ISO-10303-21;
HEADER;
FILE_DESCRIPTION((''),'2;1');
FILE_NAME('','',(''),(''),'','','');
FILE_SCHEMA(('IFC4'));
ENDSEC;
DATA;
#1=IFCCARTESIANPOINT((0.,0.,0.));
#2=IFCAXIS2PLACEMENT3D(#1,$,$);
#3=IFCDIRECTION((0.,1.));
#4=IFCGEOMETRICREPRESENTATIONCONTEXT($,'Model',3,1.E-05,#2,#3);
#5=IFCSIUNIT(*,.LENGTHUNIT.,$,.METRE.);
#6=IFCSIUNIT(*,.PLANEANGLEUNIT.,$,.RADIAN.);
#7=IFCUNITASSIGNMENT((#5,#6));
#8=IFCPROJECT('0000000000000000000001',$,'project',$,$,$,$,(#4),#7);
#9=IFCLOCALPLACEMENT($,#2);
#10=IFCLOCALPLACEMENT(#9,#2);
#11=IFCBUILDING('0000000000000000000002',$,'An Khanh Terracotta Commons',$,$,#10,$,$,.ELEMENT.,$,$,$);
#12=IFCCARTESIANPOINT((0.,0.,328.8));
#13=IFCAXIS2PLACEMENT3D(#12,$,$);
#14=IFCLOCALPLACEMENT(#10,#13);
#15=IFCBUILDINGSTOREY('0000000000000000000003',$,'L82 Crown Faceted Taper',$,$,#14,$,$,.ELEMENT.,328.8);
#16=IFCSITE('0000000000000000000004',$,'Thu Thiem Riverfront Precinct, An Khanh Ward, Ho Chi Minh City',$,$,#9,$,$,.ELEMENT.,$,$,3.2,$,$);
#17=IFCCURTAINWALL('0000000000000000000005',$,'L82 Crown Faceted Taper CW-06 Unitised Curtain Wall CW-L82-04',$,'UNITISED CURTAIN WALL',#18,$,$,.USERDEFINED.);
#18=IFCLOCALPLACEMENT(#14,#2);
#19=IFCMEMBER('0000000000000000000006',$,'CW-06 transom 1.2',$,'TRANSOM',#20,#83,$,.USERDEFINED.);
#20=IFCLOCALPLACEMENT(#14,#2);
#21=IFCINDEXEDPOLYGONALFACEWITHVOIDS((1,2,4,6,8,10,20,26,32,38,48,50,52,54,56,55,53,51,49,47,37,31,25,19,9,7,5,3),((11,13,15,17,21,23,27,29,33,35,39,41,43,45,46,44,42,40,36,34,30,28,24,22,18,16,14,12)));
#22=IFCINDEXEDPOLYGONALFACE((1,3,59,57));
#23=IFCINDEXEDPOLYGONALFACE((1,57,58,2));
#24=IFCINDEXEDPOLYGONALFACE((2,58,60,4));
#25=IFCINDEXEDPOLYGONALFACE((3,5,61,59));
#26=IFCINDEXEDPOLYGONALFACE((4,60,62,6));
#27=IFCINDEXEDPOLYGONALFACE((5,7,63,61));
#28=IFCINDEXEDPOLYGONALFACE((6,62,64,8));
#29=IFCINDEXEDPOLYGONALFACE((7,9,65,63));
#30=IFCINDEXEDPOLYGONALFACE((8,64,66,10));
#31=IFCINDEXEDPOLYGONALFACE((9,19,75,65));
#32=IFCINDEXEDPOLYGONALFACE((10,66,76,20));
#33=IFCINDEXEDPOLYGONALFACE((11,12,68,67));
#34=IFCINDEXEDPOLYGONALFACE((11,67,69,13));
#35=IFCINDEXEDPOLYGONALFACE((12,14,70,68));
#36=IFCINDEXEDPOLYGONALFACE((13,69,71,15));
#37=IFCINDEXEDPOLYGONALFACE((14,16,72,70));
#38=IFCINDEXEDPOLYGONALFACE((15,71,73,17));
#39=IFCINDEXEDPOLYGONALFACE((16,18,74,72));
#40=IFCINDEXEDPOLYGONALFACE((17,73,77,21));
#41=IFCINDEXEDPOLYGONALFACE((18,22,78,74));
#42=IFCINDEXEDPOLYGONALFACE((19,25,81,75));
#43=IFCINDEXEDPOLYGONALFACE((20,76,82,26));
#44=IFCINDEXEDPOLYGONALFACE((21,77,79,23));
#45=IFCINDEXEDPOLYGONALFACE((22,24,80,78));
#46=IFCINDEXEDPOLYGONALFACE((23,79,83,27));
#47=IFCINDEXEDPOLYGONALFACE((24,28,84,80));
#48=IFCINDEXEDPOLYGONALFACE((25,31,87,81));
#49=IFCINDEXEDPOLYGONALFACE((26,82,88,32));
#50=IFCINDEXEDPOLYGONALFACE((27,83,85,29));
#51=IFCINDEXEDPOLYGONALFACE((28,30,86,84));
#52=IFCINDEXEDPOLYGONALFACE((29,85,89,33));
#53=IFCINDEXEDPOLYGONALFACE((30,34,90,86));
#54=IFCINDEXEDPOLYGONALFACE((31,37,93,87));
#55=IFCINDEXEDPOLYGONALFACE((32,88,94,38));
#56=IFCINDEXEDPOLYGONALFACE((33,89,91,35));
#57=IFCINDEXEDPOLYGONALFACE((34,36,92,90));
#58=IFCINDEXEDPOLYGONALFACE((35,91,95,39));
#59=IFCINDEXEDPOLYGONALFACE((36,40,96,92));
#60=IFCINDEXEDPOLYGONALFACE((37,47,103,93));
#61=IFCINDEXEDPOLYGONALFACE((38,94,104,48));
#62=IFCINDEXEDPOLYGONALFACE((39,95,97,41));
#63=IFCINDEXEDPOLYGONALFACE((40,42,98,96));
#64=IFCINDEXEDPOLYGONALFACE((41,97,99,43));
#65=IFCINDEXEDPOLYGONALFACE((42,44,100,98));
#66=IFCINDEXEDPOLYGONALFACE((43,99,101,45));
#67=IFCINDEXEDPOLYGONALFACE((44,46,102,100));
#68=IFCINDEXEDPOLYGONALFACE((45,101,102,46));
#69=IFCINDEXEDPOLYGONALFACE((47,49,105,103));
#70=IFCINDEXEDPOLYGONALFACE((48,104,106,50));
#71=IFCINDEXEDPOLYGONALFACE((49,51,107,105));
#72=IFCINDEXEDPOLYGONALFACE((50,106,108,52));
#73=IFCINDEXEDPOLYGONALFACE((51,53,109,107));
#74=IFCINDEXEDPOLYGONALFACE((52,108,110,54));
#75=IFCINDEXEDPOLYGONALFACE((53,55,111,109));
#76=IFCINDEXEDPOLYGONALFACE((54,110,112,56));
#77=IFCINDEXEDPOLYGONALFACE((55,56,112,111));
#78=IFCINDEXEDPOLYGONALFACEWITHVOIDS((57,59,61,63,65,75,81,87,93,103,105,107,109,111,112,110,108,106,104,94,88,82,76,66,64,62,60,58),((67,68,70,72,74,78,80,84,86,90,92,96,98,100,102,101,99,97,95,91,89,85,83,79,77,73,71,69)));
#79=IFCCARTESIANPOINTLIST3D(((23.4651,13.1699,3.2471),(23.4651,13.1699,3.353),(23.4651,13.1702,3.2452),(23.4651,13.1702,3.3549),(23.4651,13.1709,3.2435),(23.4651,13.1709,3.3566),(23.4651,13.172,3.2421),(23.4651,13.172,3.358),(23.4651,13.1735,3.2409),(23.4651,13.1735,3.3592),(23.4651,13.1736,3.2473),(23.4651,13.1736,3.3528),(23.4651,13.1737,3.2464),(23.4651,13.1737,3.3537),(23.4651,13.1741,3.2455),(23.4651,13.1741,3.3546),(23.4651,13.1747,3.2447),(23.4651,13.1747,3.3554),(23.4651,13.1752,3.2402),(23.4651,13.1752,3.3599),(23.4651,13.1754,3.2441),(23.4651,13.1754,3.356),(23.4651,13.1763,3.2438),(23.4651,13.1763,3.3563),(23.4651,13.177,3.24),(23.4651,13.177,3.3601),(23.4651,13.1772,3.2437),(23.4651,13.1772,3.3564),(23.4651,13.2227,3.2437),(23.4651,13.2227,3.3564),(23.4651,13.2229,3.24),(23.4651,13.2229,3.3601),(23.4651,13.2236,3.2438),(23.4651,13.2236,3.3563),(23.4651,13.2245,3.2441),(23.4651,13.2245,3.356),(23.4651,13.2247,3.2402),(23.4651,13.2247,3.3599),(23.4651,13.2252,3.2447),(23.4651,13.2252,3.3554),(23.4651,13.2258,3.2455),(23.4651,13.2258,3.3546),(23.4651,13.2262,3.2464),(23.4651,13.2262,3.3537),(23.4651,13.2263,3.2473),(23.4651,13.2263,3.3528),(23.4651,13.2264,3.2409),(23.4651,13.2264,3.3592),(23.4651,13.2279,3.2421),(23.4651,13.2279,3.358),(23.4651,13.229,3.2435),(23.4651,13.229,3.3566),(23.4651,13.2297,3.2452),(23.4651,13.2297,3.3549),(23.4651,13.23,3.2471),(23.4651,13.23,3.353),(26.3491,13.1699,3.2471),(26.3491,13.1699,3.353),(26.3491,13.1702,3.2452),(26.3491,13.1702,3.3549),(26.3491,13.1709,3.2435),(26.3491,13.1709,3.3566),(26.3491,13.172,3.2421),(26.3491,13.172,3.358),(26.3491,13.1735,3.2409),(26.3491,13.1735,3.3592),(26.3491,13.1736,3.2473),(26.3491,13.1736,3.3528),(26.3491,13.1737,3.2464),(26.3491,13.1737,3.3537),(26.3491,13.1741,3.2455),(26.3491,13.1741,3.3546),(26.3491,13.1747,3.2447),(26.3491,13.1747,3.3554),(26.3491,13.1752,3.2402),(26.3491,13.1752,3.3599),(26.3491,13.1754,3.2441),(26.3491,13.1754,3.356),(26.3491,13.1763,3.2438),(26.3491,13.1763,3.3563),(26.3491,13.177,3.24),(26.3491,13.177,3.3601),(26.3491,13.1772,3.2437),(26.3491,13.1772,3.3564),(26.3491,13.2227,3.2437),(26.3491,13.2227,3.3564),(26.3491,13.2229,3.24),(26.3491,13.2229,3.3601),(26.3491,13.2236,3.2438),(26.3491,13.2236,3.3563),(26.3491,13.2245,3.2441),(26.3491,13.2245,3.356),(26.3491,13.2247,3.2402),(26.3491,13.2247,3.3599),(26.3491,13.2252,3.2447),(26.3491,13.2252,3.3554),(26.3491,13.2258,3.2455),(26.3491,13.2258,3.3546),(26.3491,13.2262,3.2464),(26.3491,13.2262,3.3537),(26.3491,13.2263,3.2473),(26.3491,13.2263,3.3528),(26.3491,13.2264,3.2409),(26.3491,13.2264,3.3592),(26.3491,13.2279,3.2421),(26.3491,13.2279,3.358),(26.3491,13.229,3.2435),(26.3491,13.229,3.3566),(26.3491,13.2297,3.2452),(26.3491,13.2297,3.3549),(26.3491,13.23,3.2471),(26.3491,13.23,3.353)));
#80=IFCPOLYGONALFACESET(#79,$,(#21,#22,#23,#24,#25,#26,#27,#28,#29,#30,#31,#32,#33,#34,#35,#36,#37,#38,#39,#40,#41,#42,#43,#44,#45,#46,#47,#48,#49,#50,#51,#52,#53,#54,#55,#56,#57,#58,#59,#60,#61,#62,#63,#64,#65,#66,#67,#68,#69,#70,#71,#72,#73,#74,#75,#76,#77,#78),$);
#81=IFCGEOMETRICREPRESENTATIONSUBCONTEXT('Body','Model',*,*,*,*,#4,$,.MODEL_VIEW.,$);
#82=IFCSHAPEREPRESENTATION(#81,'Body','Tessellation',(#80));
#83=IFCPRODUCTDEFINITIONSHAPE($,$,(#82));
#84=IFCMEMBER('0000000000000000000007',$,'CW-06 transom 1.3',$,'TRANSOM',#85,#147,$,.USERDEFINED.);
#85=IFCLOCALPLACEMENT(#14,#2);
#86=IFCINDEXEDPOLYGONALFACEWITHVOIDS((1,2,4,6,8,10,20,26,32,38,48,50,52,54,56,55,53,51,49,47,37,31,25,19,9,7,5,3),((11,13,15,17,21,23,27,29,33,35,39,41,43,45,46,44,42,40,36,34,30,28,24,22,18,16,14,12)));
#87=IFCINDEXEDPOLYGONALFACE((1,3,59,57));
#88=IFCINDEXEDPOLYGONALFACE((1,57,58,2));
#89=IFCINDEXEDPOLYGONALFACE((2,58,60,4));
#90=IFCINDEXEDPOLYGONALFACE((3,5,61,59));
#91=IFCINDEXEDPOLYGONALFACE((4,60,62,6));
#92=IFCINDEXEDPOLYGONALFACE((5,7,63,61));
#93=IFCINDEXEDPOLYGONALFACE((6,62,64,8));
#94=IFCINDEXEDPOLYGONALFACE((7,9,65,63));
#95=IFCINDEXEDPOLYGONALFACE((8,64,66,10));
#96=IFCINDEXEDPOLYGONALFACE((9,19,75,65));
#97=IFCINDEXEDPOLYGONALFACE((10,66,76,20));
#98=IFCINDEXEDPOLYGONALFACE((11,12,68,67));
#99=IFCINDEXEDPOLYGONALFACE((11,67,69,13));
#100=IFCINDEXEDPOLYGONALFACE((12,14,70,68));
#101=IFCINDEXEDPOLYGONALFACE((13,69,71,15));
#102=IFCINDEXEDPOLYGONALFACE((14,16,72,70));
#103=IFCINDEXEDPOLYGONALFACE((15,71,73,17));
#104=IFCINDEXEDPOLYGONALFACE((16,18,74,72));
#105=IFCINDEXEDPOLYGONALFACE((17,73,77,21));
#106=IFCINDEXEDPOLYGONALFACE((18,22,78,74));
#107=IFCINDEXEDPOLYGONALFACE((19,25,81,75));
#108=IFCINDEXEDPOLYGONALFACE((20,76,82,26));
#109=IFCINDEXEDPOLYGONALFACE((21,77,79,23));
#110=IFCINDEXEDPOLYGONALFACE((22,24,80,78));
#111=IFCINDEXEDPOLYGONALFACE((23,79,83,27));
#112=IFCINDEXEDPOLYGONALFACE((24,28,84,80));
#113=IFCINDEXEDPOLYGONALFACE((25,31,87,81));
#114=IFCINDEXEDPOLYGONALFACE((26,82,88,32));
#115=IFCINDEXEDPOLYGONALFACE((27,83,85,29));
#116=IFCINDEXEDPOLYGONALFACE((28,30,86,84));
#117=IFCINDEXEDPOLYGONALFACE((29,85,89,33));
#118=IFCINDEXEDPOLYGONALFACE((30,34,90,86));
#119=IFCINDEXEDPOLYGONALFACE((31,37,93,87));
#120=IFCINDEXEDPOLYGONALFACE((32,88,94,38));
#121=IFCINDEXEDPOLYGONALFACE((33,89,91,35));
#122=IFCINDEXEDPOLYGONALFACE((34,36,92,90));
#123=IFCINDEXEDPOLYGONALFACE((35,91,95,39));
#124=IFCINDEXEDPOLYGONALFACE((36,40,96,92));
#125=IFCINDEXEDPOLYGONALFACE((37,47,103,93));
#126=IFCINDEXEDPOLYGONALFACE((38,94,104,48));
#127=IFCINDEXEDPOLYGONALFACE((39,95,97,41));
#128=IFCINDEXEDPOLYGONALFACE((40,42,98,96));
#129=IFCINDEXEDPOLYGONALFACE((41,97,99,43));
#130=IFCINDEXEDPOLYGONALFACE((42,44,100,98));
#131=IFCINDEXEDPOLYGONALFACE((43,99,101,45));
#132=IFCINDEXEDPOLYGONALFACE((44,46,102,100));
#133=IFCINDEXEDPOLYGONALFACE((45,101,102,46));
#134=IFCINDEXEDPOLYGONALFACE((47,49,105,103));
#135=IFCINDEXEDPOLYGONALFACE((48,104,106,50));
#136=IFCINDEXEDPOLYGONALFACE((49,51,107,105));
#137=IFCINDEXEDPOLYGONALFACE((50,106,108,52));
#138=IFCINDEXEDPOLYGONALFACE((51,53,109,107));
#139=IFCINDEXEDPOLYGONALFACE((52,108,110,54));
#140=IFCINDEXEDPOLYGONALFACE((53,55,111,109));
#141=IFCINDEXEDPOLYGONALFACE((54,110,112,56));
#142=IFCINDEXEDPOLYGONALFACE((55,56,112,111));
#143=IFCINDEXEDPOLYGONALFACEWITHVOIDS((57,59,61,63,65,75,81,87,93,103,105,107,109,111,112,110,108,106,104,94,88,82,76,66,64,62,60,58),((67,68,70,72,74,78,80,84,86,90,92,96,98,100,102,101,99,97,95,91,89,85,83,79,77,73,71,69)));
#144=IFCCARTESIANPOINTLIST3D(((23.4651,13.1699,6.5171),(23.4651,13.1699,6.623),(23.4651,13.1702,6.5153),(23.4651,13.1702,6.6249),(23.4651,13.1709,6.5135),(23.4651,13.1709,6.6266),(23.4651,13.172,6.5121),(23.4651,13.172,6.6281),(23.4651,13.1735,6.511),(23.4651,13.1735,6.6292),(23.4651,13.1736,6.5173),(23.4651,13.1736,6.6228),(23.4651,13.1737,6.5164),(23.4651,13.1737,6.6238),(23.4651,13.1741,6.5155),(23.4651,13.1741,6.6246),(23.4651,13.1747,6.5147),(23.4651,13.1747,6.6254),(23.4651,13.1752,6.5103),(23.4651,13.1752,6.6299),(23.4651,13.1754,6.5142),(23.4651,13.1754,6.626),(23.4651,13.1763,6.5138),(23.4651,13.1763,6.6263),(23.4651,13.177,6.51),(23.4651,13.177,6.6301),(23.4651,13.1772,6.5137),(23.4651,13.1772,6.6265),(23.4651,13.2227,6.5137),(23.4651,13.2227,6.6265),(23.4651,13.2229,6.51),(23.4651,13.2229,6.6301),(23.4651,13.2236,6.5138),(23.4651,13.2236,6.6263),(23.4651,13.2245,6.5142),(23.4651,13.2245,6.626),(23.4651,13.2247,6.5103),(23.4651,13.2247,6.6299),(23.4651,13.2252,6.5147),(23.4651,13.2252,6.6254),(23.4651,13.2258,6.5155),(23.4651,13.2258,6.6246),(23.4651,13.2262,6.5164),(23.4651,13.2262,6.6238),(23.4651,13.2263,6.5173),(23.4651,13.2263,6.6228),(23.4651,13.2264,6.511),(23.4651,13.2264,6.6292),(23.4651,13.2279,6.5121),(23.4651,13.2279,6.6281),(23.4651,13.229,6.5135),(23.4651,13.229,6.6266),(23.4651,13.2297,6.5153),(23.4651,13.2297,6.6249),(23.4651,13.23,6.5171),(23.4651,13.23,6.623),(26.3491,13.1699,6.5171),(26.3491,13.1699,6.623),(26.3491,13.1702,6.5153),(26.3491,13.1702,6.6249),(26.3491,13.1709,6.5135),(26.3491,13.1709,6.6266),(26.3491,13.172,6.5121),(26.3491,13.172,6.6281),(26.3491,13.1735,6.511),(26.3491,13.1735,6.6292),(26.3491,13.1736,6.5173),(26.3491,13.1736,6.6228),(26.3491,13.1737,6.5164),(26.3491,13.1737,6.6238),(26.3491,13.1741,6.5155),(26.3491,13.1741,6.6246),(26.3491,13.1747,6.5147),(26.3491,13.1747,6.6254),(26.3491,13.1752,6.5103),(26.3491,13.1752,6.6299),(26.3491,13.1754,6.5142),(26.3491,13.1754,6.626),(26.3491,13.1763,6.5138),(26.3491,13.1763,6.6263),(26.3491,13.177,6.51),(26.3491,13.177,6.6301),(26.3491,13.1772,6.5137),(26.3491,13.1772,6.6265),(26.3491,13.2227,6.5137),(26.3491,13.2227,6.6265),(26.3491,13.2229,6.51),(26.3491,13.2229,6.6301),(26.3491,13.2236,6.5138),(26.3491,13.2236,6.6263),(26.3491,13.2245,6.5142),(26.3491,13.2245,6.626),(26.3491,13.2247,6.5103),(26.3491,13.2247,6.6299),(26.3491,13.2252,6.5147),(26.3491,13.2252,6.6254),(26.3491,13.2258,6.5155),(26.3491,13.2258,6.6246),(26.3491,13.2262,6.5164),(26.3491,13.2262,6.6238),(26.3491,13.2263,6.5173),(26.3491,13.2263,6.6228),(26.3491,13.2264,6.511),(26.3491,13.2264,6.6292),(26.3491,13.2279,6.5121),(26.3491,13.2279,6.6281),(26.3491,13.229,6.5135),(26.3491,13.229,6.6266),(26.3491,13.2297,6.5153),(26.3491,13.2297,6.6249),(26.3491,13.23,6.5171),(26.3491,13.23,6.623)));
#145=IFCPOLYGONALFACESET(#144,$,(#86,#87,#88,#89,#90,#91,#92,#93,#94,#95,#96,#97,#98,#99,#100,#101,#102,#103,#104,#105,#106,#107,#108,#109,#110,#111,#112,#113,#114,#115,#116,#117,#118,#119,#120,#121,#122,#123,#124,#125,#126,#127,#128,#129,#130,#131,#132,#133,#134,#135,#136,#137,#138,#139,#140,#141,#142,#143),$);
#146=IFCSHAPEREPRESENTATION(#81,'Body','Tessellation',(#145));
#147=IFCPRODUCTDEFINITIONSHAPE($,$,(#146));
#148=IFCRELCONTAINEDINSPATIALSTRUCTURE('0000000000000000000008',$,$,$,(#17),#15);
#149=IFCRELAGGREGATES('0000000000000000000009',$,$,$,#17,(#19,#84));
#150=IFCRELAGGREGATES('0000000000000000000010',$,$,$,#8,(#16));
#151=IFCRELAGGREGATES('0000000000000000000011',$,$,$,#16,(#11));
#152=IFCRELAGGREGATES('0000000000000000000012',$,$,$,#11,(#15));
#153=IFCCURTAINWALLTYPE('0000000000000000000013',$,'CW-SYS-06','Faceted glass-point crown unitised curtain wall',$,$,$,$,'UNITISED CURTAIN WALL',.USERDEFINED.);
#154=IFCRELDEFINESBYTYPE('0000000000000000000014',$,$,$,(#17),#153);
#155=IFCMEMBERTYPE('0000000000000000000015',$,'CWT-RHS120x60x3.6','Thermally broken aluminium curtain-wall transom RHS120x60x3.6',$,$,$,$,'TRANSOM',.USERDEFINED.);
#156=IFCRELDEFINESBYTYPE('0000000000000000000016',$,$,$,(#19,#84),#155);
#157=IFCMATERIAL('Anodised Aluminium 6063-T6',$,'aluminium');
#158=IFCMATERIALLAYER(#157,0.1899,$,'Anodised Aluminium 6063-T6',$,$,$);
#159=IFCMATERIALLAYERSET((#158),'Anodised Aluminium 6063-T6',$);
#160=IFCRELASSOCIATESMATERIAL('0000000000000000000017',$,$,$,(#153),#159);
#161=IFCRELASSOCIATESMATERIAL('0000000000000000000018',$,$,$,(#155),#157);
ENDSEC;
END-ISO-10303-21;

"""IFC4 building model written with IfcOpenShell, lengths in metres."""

from ifc_helpers import new_model, si_unit, direction, frame, origin, origin_2d, place, context, subcontext, project, spatial, hollow_rectangle, extrude, material, layer, layer_set, material_profile, profile_set, type_object, element, aggregate, save


model = new_model("IFC4")

# Units and contexts
model_context = context("Model", 3, precision=1e-05, world=origin(), true_north=direction((0.0, 1.0)))
body_context = subcontext(model_context, "Body", "Model", "MODEL_VIEW")
ifc_project = project(units=[si_unit("LENGTHUNIT", "METRE"), si_unit("PLANEANGLEUNIT", "RADIAN")], contexts=[model_context])

# Site, building, storey
site_placement = place(None, origin())
site = spatial("IfcSite", under=ifc_project, at=site_placement, Name="Thu Thiem Riverfront Precinct, An Khanh Ward, Ho Chi Minh City", CompositionType="ELEMENT", RefElevation=3.2)
building_placement = place(site_placement, origin())
building = spatial("IfcBuilding", under=site, at=building_placement, Name="An Khanh Terracotta Commons", CompositionType="ELEMENT")
storey_placement = place(building_placement, frame((0.0, 0.0, 328.8)))
storey = spatial("IfcBuildingStorey", under=building, at=storey_placement, Name="L82 Crown Faceted Taper", CompositionType="ELEMENT", Elevation=328.8)

# Curtain wall
ifc_material_1 = material(Name="Anodised Aluminium 6063-T6", Category="aluminium")
ifc_layer_1 = layer(ifc_material_1, 0.1899, Name="Anodised Aluminium 6063-T6")
ifc_layer_set_1 = layer_set([ifc_layer_1], Name="Anodised Aluminium 6063-T6")
curtain_wall_type = type_object("IfcCurtainWallType", Name="CW-SYS-06", Description="Faceted glass-point crown unitised curtain wall", ElementType="UNITISED CURTAIN WALL", PredefinedType="USERDEFINED", material=ifc_layer_set_1)
curtain_wall_1_placement = place(storey_placement, origin())
curtain_wall_1 = element("IfcCurtainWall", 1, at=curtain_wall_1_placement, inside=storey, type_object=curtain_wall_type, Name="L82 Crown Faceted Taper CW-06 Unitised Curtain Wall CW-L82-04", ObjectType="UNITISED CURTAIN WALL", PredefinedType="USERDEFINED")

# Members
ifc_material_profile_1 = material_profile(ifc_material_1, hollow_rectangle(XDim=0.0601, YDim=0.1201, WallThickness=0.0037, InnerFilletRadius=0.0037, OuterFilletRadius=0.0071, at=origin_2d()), Name="RHS120x60x3.6")
ifc_profile_set_1 = profile_set([ifc_material_profile_1], Name="Anodised Aluminium 6063-T6")
member_type_1 = type_object("IfcMemberType", Name="CWT-RHS120x60x3.6", Description="Thermally broken aluminium curtain-wall transom RHS120x60x3.6", ElementType="TRANSOM", PredefinedType="USERDEFINED", material=ifc_profile_set_1)
member_1_placement = place(storey_placement, frame((23.4651, 13.2, 3.3), z_axis=(1.0, 0.0, 0.0), x_axis=(0.0, 1.0, 0.0)))
member_1 = element("IfcMember", 2, at=member_1_placement, type_object=member_type_1, Name="CW-06 transom 1.2", ObjectType="TRANSOM", PredefinedType="USERDEFINED", context=body_context, shape_type="SweptSolid", body=[
    extrude(hollow_rectangle(XDim=0.0601, YDim=0.1201, WallThickness=0.0037, InnerFilletRadius=0.0037, OuterFilletRadius=0.0071, at=origin_2d()), origin(), (0.0, 0.0, 1.0), 2.884),
])
member_2_placement = place(storey_placement, frame((23.4651, 13.2, 6.5701), z_axis=(1.0, 0.0, 0.0), x_axis=(0.0, 1.0, 0.0)))
member_2 = element("IfcMember", 3, at=member_2_placement, type_object=member_type_1, Name="CW-06 transom 1.3", ObjectType="TRANSOM", PredefinedType="USERDEFINED", context=body_context, shape_type="SweptSolid", body=[
    extrude(hollow_rectangle(XDim=0.0601, YDim=0.1201, WallThickness=0.0037, InnerFilletRadius=0.0037, OuterFilletRadius=0.0071, at=origin_2d()), origin(), (0.0, 0.0, 1.0), 2.884),
])
aggregate(curtain_wall_1, [member_1, member_2])

save(model, "model.ifc")
